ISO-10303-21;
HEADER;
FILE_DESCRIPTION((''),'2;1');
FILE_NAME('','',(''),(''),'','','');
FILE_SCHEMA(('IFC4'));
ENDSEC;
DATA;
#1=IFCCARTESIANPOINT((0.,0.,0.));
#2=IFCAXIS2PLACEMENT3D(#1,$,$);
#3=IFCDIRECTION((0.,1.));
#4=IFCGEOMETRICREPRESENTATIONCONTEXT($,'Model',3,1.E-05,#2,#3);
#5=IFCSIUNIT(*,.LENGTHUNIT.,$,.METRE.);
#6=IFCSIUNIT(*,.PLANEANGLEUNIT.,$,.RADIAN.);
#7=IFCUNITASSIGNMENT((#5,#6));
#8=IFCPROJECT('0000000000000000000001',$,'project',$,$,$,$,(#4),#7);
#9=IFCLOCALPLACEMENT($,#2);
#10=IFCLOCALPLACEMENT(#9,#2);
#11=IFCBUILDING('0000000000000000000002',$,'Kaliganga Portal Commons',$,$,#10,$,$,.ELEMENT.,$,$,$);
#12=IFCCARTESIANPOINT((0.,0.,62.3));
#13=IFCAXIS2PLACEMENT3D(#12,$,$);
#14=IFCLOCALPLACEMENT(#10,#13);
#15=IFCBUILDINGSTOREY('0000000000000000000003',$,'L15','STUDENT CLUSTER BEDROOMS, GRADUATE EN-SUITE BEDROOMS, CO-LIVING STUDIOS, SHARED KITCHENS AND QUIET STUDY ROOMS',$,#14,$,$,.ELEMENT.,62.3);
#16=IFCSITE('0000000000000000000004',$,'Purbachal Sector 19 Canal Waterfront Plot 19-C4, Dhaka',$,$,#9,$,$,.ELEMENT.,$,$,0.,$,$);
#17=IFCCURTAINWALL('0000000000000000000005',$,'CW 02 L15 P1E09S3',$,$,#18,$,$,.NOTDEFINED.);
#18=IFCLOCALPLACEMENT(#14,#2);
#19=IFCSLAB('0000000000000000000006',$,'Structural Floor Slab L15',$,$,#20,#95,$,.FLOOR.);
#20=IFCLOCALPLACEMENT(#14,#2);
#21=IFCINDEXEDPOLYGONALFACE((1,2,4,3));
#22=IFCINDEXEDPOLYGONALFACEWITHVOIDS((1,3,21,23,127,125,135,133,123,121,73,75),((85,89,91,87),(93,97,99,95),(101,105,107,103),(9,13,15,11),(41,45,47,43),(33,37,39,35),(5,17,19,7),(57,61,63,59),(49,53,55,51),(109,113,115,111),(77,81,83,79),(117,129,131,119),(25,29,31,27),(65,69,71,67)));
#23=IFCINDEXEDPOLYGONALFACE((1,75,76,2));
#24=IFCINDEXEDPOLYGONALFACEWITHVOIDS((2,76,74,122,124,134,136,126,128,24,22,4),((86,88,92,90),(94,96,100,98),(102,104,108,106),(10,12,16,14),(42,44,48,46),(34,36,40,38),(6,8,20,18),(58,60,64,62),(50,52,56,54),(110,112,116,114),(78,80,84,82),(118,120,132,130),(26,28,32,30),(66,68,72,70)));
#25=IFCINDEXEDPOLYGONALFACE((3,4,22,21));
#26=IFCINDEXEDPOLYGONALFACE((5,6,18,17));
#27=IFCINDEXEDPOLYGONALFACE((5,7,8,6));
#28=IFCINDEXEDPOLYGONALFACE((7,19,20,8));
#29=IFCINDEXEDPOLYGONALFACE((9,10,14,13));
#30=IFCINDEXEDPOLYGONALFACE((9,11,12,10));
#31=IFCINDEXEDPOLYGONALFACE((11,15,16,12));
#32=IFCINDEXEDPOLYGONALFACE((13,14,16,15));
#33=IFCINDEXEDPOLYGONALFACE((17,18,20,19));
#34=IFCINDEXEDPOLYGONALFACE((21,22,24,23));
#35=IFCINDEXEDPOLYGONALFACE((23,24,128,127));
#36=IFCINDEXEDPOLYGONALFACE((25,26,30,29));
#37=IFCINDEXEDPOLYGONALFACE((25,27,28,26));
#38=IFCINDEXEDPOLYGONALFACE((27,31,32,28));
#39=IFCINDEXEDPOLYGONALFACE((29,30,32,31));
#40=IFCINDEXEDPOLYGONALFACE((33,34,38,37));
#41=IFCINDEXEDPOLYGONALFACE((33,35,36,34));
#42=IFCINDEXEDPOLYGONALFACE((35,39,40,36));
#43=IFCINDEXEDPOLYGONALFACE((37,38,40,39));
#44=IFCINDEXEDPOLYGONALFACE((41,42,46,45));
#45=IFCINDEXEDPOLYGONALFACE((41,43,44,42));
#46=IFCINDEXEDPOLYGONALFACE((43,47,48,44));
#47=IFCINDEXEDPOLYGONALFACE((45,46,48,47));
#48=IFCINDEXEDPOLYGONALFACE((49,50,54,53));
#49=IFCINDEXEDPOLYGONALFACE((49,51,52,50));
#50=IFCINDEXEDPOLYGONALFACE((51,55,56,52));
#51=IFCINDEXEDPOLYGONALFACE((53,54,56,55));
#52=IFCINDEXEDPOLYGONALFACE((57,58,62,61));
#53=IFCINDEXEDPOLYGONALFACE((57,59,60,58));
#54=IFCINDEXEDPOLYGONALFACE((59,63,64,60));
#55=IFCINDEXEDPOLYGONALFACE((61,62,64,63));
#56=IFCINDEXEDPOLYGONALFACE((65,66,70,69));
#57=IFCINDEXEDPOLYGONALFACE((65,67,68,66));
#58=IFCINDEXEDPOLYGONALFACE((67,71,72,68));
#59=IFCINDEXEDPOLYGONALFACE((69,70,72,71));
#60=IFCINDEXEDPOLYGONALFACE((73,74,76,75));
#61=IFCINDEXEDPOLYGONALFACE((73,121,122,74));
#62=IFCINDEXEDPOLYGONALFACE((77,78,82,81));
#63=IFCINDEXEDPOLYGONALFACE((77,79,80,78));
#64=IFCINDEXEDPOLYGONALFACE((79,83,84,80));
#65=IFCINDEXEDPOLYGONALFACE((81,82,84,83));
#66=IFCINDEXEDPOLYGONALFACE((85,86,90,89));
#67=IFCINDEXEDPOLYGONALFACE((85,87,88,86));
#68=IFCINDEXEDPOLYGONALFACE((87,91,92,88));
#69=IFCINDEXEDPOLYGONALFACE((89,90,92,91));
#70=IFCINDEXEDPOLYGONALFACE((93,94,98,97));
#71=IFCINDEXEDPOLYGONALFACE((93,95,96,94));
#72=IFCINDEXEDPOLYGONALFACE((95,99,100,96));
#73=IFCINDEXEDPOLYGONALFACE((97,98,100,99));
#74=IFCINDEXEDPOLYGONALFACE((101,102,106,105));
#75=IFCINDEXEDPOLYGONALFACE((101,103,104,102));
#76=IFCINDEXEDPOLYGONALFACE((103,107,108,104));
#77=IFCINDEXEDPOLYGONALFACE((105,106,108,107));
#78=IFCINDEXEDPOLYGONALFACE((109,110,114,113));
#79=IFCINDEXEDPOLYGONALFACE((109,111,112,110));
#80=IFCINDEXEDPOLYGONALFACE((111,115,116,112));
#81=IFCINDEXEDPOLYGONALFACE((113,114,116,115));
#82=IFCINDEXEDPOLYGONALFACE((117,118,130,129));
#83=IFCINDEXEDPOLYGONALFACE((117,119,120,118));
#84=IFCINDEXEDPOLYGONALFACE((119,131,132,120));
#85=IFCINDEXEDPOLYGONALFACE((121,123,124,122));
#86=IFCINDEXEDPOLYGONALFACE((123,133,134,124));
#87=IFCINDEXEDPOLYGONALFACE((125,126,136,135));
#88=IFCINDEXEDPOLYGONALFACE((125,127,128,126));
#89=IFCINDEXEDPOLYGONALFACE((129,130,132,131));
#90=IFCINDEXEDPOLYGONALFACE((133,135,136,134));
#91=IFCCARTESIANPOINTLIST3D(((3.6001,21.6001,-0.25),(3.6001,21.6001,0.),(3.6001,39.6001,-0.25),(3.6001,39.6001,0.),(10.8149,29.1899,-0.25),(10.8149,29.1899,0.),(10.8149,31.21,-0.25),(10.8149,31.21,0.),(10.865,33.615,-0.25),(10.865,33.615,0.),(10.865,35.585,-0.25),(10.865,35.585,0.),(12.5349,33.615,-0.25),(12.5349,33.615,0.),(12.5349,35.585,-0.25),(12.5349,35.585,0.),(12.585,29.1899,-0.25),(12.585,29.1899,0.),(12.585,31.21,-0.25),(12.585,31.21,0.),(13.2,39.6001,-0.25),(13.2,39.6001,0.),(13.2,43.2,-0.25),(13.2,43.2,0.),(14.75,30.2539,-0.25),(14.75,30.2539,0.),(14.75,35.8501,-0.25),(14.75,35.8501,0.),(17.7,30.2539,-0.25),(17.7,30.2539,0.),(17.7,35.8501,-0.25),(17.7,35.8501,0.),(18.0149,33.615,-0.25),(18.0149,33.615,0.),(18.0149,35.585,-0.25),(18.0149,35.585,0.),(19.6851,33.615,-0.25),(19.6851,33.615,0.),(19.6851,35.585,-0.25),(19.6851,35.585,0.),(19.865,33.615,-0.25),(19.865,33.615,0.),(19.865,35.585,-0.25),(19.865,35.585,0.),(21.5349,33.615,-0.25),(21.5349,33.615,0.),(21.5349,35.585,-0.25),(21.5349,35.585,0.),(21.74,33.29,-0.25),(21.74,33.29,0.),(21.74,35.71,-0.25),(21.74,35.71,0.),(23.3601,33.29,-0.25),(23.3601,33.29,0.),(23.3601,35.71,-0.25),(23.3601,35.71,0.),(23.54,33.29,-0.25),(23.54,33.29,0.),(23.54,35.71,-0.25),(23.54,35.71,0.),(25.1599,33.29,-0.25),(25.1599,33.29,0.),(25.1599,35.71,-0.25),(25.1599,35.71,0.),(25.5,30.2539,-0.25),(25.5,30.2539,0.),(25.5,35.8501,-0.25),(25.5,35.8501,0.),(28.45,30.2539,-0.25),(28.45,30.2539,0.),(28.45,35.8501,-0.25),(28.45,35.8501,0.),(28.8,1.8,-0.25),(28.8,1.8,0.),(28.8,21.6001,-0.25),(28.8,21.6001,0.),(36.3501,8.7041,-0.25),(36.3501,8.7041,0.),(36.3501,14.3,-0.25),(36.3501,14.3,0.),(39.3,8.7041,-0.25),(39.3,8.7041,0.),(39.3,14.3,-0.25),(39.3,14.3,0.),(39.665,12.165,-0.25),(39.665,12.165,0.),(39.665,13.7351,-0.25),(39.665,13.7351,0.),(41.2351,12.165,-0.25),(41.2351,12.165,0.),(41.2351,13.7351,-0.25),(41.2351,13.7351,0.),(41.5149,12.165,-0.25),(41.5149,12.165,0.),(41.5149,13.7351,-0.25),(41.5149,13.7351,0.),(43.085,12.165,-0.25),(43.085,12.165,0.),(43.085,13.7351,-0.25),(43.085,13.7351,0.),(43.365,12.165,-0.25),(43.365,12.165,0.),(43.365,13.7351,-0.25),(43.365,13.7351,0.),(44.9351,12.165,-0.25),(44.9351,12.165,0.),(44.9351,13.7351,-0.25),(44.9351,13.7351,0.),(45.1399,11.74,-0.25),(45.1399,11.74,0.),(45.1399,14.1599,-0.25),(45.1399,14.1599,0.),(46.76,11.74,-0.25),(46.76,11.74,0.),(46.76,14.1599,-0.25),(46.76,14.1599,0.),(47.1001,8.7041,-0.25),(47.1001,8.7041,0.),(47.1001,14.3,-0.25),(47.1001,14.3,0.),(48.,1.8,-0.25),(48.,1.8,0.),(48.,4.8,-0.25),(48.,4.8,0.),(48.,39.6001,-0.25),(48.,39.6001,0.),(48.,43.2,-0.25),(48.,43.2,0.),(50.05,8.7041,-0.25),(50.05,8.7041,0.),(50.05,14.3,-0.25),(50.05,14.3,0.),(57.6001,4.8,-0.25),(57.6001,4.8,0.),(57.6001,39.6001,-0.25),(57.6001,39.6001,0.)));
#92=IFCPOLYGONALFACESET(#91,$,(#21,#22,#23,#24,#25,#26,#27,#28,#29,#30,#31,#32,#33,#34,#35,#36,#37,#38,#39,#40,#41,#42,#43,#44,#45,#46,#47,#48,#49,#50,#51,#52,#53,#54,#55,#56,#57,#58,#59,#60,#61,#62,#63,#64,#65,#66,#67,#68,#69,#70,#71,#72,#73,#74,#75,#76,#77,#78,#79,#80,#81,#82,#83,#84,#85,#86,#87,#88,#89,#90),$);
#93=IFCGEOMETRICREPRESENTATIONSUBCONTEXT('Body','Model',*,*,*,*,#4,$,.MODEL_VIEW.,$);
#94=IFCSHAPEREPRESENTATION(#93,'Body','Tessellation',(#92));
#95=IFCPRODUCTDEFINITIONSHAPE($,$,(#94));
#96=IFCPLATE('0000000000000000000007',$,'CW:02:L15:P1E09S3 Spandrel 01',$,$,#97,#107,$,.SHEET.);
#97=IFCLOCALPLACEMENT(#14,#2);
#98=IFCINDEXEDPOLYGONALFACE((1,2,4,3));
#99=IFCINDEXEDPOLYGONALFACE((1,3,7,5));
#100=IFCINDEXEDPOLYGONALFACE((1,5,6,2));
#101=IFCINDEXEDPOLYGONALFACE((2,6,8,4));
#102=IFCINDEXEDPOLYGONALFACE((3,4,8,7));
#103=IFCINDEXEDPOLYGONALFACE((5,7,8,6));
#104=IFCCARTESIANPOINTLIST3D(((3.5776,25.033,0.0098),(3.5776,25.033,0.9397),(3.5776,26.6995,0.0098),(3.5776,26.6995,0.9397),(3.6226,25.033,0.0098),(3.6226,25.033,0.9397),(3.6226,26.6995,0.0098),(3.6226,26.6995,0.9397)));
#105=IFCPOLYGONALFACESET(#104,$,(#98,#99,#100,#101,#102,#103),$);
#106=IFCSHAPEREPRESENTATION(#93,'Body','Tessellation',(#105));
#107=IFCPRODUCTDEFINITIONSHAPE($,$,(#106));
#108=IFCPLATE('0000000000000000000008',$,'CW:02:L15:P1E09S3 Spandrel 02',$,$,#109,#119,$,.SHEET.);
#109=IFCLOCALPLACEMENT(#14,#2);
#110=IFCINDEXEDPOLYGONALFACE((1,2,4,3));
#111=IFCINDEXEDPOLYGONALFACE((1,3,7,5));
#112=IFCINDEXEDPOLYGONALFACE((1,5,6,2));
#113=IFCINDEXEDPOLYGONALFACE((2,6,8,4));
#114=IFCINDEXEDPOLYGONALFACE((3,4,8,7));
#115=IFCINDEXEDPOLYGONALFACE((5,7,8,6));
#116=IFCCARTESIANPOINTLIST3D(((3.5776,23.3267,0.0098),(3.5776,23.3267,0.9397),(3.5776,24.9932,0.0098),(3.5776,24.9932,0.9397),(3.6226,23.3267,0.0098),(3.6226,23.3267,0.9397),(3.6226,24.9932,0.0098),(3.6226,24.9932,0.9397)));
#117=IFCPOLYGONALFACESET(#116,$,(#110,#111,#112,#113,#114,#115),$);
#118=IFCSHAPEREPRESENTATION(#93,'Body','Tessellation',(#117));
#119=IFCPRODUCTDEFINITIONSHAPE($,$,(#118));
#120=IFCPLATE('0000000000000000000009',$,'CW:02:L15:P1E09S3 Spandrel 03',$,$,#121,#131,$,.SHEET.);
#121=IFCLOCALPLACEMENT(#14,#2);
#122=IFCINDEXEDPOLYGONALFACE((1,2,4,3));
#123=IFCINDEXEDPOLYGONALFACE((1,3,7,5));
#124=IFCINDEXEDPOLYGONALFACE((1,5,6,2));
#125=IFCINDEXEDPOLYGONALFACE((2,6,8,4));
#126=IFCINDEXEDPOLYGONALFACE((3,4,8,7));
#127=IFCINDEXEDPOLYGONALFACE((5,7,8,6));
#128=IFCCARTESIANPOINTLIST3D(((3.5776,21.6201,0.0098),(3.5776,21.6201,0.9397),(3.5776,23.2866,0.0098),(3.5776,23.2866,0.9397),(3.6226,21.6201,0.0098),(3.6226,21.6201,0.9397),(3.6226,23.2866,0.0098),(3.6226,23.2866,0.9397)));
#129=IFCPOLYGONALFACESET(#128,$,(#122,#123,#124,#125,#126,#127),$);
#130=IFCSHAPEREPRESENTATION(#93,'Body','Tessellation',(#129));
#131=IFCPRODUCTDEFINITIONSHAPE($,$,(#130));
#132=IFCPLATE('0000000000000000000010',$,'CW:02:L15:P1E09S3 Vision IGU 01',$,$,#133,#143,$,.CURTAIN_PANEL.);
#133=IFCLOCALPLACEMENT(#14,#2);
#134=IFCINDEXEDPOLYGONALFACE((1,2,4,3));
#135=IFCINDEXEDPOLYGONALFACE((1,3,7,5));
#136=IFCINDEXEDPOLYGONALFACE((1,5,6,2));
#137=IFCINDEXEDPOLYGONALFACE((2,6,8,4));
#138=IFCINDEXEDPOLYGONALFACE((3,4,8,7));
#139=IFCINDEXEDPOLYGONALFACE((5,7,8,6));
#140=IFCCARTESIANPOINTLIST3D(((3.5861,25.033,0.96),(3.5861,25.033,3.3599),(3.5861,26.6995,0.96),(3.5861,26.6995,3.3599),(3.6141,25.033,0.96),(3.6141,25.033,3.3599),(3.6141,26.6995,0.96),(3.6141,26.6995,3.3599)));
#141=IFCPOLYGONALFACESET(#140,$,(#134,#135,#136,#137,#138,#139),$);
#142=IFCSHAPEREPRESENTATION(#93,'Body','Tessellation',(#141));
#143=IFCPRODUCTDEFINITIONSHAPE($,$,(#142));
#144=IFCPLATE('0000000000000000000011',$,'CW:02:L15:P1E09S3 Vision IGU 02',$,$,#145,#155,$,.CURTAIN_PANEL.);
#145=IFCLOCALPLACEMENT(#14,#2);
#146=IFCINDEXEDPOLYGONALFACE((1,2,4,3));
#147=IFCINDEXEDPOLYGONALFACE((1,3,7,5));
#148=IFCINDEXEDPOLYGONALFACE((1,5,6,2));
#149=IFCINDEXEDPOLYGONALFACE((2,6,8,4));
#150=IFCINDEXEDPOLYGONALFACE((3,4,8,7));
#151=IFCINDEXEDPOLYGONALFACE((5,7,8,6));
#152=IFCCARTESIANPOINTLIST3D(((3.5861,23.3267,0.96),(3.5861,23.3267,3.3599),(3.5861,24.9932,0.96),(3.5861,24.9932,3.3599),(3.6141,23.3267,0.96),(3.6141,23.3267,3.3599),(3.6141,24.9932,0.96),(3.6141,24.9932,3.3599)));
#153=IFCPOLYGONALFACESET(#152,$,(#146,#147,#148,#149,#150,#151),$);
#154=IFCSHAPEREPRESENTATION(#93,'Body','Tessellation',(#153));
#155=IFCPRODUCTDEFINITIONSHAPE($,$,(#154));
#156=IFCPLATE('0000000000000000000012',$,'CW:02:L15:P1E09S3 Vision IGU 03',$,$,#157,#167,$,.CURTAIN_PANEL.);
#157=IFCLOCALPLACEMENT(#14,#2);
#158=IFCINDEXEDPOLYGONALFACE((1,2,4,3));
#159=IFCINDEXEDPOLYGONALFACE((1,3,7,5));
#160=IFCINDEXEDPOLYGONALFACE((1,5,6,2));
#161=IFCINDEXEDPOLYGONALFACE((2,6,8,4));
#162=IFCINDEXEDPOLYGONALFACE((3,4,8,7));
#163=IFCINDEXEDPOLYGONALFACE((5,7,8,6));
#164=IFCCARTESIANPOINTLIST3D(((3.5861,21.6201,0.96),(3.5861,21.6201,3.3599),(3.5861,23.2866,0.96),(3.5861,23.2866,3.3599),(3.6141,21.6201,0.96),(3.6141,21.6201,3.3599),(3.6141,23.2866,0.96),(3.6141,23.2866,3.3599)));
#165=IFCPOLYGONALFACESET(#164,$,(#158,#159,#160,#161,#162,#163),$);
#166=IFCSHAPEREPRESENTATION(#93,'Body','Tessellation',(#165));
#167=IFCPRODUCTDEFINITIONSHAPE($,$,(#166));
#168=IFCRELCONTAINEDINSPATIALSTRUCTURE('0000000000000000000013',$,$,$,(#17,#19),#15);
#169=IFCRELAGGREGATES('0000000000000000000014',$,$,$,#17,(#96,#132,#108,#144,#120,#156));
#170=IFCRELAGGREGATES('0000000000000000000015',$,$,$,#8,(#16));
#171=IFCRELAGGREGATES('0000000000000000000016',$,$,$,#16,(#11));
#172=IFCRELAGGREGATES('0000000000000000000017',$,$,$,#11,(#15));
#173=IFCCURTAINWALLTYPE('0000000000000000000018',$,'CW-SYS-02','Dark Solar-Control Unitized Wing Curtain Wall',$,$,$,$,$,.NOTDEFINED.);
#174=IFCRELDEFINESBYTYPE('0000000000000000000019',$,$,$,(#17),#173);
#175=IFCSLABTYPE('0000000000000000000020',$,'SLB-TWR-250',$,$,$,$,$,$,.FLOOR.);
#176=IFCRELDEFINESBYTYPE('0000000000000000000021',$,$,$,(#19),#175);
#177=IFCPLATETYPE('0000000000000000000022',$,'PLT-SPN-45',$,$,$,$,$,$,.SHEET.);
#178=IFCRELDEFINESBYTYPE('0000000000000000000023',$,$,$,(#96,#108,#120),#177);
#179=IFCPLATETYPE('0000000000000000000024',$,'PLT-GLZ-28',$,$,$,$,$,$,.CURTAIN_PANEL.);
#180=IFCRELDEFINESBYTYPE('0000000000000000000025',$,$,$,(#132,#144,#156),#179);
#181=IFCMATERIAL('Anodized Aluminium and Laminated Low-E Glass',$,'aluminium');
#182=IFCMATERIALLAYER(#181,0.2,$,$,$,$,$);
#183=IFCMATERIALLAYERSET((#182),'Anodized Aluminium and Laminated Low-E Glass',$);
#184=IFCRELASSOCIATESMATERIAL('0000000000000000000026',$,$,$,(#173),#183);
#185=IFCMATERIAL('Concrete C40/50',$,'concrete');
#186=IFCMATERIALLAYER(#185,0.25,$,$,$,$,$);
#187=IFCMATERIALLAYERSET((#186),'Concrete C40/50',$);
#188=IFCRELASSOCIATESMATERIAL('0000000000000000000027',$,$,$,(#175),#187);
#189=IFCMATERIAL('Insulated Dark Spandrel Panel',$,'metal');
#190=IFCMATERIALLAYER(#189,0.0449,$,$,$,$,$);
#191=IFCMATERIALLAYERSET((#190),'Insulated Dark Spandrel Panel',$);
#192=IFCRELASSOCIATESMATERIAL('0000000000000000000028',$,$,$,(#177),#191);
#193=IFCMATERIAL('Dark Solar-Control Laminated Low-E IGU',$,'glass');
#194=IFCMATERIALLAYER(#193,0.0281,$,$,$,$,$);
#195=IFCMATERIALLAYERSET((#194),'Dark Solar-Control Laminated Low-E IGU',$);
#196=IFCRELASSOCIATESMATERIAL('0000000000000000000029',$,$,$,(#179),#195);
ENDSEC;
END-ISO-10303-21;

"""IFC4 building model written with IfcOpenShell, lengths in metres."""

from ifc_helpers import new_model, si_unit, direction, frame, origin, origin_2d, place, context, subcontext, project, spatial, polyline, rectangle, outline, extrude, source, transform, mapped, material, layer, layer_set, type_object, element, aggregate, save


model = new_model("IFC4")

# Units and contexts
model_context = context("Model", 3, precision=1e-05, world=origin(), true_north=direction((0.0, 1.0)))
body_context = subcontext(model_context, "Body", "Model", "MODEL_VIEW")
ifc_project = project(units=[si_unit("LENGTHUNIT", "METRE"), si_unit("PLANEANGLEUNIT", "RADIAN")], contexts=[model_context])

# Site, building, storey
site_placement = place(None, origin())
site = spatial("IfcSite", under=ifc_project, at=site_placement, Name="Purbachal Sector 19 Canal Waterfront Plot 19-C4, Dhaka", CompositionType="ELEMENT", RefElevation=0.0)
building_placement = place(site_placement, origin())
building = spatial("IfcBuilding", under=site, at=building_placement, Name="Kaliganga Portal Commons", CompositionType="ELEMENT")
storey_placement = place(building_placement, frame((0.0, 0.0, 62.3)))
storey = spatial("IfcBuildingStorey", under=building, at=storey_placement, Name="L15", Description="STUDENT CLUSTER BEDROOMS, GRADUATE EN-SUITE BEDROOMS, CO-LIVING STUDIOS, SHARED KITCHENS AND QUIET STUDY ROOMS", CompositionType="ELEMENT", Elevation=62.3)

# Curtain wall
ifc_material_1 = material(Name="Anodized Aluminium and Laminated Low-E Glass", Category="aluminium")
ifc_layer_1 = layer(ifc_material_1, 0.2)
ifc_layer_set_1 = layer_set([ifc_layer_1], Name="Anodized Aluminium and Laminated Low-E Glass")
curtain_wall_type = type_object("IfcCurtainWallType", Name="CW-SYS-02", Description="Dark Solar-Control Unitized Wing Curtain Wall", PredefinedType="NOTDEFINED", material=ifc_layer_set_1)
curtain_wall_placement = place(storey_placement, origin())
curtain_wall = element("IfcCurtainWall", 1, at=curtain_wall_placement, inside=storey, type_object=curtain_wall_type, Name="CW 02 L15 P1E09S3", PredefinedType="NOTDEFINED")

# Shared definitions
ifc_material_2 = material(Name="Concrete C40/50", Category="concrete")

# Slab
ifc_layer_2 = layer(ifc_material_2, 0.25)
ifc_layer_set_2 = layer_set([ifc_layer_2], Name="Concrete C40/50")
slab_type_1 = type_object("IfcSlabType", Name="SLB-TWR-250", PredefinedType="FLOOR", material=ifc_layer_set_2)
slab_1_placement = place(storey_placement, frame((0.0, 0.0, -0.25)))
element("IfcSlab", 2, at=slab_1_placement, inside=storey, type_object=slab_type_1, Name="Structural Floor Slab L15", PredefinedType="FLOOR", context=body_context, shape_type="SweptSolid", body=[
    extrude(outline(polyline([(28.8, 1.8), (48.0, 1.8), (48.0, 4.8), (57.6001, 4.8), (57.6001, 39.6001), (48.0, 39.6001), (48.0, 43.2), (13.2, 43.2), (13.2, 39.6001), (3.6001, 39.6001), (3.6001, 21.6001), (28.8, 21.6001), (28.8, 1.8)]), holes=[polyline([(14.75, 30.2539), (14.75, 35.8501), (17.7, 35.8501), (17.7, 30.2539), (14.75, 30.2539)]), polyline([(25.5, 30.2539), (25.5, 35.8501), (28.45, 35.8501), (28.45, 30.2539), (25.5, 30.2539)]), polyline([(36.3501, 8.7041), (36.3501, 14.3), (39.3, 14.3), (39.3, 8.7041), (36.3501, 8.7041)]), polyline([(47.1001, 8.7041), (47.1001, 14.3), (50.05, 14.3), (50.05, 8.7041), (47.1001, 8.7041)]), polyline([(18.0149, 33.615), (18.0149, 35.585), (19.6851, 35.585), (19.6851, 33.615), (18.0149, 33.615)]), polyline([(19.865, 33.615), (19.865, 35.585), (21.5349, 35.585), (21.5349, 33.615), (19.865, 33.615)]), polyline([(10.8149, 29.1899), (10.8149, 31.21), (12.585, 31.21), (12.585, 29.1899), (10.8149, 29.1899)]), polyline([(10.865, 33.615), (10.865, 35.585), (12.5349, 35.585), (12.5349, 33.615), (10.865, 33.615)]), polyline([(21.74, 33.29), (21.74, 35.71), (23.3601, 35.71), (23.3601, 33.29), (21.74, 33.29)]), polyline([(23.54, 33.29), (23.54, 35.71), (25.1599, 35.71), (25.1599, 33.29), (23.54, 33.29)]), polyline([(39.665, 12.165), (39.665, 13.7351), (41.2351, 13.7351), (41.2351, 12.165), (39.665, 12.165)]), polyline([(41.5149, 12.165), (41.5149, 13.7351), (43.085, 13.7351), (43.085, 12.165), (41.5149, 12.165)]), polyline([(43.365, 12.165), (43.365, 13.7351), (44.9351, 13.7351), (44.9351, 12.165), (43.365, 12.165)]), polyline([(45.1399, 11.74), (45.1399, 14.1599), (46.76, 14.1599), (46.76, 11.74), (45.1399, 11.74)])]), origin(), (0.0, 0.0, 1.0), 0.25),
])

# Plates
ifc_material_3 = material(Name="Insulated Dark Spandrel Panel", Category="metal")
ifc_layer_3 = layer(ifc_material_3, 0.0449)
ifc_layer_set_3 = layer_set([ifc_layer_3], Name="Insulated Dark Spandrel Panel")
plate_type_1 = type_object("IfcPlateType", Name="PLT-SPN-45", PredefinedType="SHEET", material=ifc_layer_set_3)
shared_shape_1 = source(origin(), body_context, "Body", "SweptSolid", [
    extrude(rectangle(XDim=1.6665, YDim=0.0449, at=origin_2d()), origin(), (0.0, 0.0, 1.0), 0.9299),
])
plate_1_placement = place(storey_placement, frame((3.6001, 25.8662, 0.0098), z_axis=(0.0, 0.0, 1.0), x_axis=(0.0, -1.0, 0.0)))
plate_1 = element("IfcPlate", 3, at=plate_1_placement, type_object=plate_type_1, Name="CW:02:L15:P1E09S3 Spandrel 01", PredefinedType="SHEET", context=body_context, shape_type="MappedRepresentation", body=[
    mapped(shared_shape_1, transform((0.0, 0.0, 0.0), x_axis=(1.0, 0.0, 0.0), y_axis=(0.0, 1.0, 0.0), z_axis=(0.0, 0.0, 1.0), scale=1.0)),
])
plate_2_placement = place(storey_placement, frame((3.6001, 24.1599, 0.0098), z_axis=(0.0, 0.0, 1.0), x_axis=(0.0, -1.0, 0.0)))
plate_2 = element("IfcPlate", 4, at=plate_2_placement, type_object=plate_type_1, Name="CW:02:L15:P1E09S3 Spandrel 02", PredefinedType="SHEET", context=body_context, shape_type="MappedRepresentation", body=[
    mapped(shared_shape_1, transform((0.0, 0.0, 0.0), x_axis=(1.0, 0.0, 0.0), y_axis=(0.0, 1.0, 0.0), z_axis=(0.0, 0.0, 1.0), scale=1.0)),
])
plate_3_placement = place(storey_placement, frame((3.6001, 22.4534, 0.0098), z_axis=(0.0, 0.0, 1.0), x_axis=(0.0, -1.0, 0.0)))
plate_3 = element("IfcPlate", 5, at=plate_3_placement, type_object=plate_type_1, Name="CW:02:L15:P1E09S3 Spandrel 03", PredefinedType="SHEET", context=body_context, shape_type="MappedRepresentation", body=[
    mapped(shared_shape_1, transform((0.0, 0.0, 0.0), x_axis=(1.0, 0.0, 0.0), y_axis=(0.0, 1.0, 0.0), z_axis=(0.0, 0.0, 1.0), scale=1.0)),
])
ifc_material_4 = material(Name="Dark Solar-Control Laminated Low-E IGU", Category="glass")
ifc_layer_4 = layer(ifc_material_4, 0.0281)
ifc_layer_set_4 = layer_set([ifc_layer_4], Name="Dark Solar-Control Laminated Low-E IGU")
plate_type_2 = type_object("IfcPlateType", Name="PLT-GLZ-28", PredefinedType="CURTAIN_PANEL", material=ifc_layer_set_4)
shared_shape_2 = source(origin(), body_context, "Body", "SweptSolid", [
    extrude(rectangle(XDim=1.6665, YDim=0.0281, at=origin_2d()), origin(), (0.0, 0.0, 1.0), 2.3999),
])
plate_4_placement = place(storey_placement, frame((3.6001, 25.8662, 0.96), z_axis=(0.0, 0.0, 1.0), x_axis=(0.0, -1.0, 0.0)))
plate_4 = element("IfcPlate", 6, at=plate_4_placement, type_object=plate_type_2, Name="CW:02:L15:P1E09S3 Vision IGU 01", PredefinedType="CURTAIN_PANEL", context=body_context, shape_type="MappedRepresentation", body=[
    mapped(shared_shape_2, transform((0.0, 0.0, 0.0), x_axis=(1.0, 0.0, 0.0), y_axis=(0.0, 1.0, 0.0), z_axis=(0.0, 0.0, 1.0), scale=1.0)),
])
plate_5_placement = place(storey_placement, frame((3.6001, 24.1599, 0.96), z_axis=(0.0, 0.0, 1.0), x_axis=(0.0, -1.0, 0.0)))
plate_5 = element("IfcPlate", 7, at=plate_5_placement, type_object=plate_type_2, Name="CW:02:L15:P1E09S3 Vision IGU 02", PredefinedType="CURTAIN_PANEL", context=body_context, shape_type="MappedRepresentation", body=[
    mapped(shared_shape_2, transform((0.0, 0.0, 0.0), x_axis=(1.0, 0.0, 0.0), y_axis=(0.0, 1.0, 0.0), z_axis=(0.0, 0.0, 1.0), scale=1.0)),
])
plate_6_placement = place(storey_placement, frame((3.6001, 22.4534, 0.96), z_axis=(0.0, 0.0, 1.0), x_axis=(0.0, -1.0, 0.0)))
plate_6 = element("IfcPlate", 8, at=plate_6_placement, type_object=plate_type_2, Name="CW:02:L15:P1E09S3 Vision IGU 03", PredefinedType="CURTAIN_PANEL", context=body_context, shape_type="MappedRepresentation", body=[
    mapped(shared_shape_2, transform((0.0, 0.0, 0.0), x_axis=(1.0, 0.0, 0.0), y_axis=(0.0, 1.0, 0.0), z_axis=(0.0, 0.0, 1.0), scale=1.0)),
])
aggregate(curtain_wall, [plate_1, plate_4, plate_2, plate_5, plate_3, plate_6])

save(model, "model.ifc")
